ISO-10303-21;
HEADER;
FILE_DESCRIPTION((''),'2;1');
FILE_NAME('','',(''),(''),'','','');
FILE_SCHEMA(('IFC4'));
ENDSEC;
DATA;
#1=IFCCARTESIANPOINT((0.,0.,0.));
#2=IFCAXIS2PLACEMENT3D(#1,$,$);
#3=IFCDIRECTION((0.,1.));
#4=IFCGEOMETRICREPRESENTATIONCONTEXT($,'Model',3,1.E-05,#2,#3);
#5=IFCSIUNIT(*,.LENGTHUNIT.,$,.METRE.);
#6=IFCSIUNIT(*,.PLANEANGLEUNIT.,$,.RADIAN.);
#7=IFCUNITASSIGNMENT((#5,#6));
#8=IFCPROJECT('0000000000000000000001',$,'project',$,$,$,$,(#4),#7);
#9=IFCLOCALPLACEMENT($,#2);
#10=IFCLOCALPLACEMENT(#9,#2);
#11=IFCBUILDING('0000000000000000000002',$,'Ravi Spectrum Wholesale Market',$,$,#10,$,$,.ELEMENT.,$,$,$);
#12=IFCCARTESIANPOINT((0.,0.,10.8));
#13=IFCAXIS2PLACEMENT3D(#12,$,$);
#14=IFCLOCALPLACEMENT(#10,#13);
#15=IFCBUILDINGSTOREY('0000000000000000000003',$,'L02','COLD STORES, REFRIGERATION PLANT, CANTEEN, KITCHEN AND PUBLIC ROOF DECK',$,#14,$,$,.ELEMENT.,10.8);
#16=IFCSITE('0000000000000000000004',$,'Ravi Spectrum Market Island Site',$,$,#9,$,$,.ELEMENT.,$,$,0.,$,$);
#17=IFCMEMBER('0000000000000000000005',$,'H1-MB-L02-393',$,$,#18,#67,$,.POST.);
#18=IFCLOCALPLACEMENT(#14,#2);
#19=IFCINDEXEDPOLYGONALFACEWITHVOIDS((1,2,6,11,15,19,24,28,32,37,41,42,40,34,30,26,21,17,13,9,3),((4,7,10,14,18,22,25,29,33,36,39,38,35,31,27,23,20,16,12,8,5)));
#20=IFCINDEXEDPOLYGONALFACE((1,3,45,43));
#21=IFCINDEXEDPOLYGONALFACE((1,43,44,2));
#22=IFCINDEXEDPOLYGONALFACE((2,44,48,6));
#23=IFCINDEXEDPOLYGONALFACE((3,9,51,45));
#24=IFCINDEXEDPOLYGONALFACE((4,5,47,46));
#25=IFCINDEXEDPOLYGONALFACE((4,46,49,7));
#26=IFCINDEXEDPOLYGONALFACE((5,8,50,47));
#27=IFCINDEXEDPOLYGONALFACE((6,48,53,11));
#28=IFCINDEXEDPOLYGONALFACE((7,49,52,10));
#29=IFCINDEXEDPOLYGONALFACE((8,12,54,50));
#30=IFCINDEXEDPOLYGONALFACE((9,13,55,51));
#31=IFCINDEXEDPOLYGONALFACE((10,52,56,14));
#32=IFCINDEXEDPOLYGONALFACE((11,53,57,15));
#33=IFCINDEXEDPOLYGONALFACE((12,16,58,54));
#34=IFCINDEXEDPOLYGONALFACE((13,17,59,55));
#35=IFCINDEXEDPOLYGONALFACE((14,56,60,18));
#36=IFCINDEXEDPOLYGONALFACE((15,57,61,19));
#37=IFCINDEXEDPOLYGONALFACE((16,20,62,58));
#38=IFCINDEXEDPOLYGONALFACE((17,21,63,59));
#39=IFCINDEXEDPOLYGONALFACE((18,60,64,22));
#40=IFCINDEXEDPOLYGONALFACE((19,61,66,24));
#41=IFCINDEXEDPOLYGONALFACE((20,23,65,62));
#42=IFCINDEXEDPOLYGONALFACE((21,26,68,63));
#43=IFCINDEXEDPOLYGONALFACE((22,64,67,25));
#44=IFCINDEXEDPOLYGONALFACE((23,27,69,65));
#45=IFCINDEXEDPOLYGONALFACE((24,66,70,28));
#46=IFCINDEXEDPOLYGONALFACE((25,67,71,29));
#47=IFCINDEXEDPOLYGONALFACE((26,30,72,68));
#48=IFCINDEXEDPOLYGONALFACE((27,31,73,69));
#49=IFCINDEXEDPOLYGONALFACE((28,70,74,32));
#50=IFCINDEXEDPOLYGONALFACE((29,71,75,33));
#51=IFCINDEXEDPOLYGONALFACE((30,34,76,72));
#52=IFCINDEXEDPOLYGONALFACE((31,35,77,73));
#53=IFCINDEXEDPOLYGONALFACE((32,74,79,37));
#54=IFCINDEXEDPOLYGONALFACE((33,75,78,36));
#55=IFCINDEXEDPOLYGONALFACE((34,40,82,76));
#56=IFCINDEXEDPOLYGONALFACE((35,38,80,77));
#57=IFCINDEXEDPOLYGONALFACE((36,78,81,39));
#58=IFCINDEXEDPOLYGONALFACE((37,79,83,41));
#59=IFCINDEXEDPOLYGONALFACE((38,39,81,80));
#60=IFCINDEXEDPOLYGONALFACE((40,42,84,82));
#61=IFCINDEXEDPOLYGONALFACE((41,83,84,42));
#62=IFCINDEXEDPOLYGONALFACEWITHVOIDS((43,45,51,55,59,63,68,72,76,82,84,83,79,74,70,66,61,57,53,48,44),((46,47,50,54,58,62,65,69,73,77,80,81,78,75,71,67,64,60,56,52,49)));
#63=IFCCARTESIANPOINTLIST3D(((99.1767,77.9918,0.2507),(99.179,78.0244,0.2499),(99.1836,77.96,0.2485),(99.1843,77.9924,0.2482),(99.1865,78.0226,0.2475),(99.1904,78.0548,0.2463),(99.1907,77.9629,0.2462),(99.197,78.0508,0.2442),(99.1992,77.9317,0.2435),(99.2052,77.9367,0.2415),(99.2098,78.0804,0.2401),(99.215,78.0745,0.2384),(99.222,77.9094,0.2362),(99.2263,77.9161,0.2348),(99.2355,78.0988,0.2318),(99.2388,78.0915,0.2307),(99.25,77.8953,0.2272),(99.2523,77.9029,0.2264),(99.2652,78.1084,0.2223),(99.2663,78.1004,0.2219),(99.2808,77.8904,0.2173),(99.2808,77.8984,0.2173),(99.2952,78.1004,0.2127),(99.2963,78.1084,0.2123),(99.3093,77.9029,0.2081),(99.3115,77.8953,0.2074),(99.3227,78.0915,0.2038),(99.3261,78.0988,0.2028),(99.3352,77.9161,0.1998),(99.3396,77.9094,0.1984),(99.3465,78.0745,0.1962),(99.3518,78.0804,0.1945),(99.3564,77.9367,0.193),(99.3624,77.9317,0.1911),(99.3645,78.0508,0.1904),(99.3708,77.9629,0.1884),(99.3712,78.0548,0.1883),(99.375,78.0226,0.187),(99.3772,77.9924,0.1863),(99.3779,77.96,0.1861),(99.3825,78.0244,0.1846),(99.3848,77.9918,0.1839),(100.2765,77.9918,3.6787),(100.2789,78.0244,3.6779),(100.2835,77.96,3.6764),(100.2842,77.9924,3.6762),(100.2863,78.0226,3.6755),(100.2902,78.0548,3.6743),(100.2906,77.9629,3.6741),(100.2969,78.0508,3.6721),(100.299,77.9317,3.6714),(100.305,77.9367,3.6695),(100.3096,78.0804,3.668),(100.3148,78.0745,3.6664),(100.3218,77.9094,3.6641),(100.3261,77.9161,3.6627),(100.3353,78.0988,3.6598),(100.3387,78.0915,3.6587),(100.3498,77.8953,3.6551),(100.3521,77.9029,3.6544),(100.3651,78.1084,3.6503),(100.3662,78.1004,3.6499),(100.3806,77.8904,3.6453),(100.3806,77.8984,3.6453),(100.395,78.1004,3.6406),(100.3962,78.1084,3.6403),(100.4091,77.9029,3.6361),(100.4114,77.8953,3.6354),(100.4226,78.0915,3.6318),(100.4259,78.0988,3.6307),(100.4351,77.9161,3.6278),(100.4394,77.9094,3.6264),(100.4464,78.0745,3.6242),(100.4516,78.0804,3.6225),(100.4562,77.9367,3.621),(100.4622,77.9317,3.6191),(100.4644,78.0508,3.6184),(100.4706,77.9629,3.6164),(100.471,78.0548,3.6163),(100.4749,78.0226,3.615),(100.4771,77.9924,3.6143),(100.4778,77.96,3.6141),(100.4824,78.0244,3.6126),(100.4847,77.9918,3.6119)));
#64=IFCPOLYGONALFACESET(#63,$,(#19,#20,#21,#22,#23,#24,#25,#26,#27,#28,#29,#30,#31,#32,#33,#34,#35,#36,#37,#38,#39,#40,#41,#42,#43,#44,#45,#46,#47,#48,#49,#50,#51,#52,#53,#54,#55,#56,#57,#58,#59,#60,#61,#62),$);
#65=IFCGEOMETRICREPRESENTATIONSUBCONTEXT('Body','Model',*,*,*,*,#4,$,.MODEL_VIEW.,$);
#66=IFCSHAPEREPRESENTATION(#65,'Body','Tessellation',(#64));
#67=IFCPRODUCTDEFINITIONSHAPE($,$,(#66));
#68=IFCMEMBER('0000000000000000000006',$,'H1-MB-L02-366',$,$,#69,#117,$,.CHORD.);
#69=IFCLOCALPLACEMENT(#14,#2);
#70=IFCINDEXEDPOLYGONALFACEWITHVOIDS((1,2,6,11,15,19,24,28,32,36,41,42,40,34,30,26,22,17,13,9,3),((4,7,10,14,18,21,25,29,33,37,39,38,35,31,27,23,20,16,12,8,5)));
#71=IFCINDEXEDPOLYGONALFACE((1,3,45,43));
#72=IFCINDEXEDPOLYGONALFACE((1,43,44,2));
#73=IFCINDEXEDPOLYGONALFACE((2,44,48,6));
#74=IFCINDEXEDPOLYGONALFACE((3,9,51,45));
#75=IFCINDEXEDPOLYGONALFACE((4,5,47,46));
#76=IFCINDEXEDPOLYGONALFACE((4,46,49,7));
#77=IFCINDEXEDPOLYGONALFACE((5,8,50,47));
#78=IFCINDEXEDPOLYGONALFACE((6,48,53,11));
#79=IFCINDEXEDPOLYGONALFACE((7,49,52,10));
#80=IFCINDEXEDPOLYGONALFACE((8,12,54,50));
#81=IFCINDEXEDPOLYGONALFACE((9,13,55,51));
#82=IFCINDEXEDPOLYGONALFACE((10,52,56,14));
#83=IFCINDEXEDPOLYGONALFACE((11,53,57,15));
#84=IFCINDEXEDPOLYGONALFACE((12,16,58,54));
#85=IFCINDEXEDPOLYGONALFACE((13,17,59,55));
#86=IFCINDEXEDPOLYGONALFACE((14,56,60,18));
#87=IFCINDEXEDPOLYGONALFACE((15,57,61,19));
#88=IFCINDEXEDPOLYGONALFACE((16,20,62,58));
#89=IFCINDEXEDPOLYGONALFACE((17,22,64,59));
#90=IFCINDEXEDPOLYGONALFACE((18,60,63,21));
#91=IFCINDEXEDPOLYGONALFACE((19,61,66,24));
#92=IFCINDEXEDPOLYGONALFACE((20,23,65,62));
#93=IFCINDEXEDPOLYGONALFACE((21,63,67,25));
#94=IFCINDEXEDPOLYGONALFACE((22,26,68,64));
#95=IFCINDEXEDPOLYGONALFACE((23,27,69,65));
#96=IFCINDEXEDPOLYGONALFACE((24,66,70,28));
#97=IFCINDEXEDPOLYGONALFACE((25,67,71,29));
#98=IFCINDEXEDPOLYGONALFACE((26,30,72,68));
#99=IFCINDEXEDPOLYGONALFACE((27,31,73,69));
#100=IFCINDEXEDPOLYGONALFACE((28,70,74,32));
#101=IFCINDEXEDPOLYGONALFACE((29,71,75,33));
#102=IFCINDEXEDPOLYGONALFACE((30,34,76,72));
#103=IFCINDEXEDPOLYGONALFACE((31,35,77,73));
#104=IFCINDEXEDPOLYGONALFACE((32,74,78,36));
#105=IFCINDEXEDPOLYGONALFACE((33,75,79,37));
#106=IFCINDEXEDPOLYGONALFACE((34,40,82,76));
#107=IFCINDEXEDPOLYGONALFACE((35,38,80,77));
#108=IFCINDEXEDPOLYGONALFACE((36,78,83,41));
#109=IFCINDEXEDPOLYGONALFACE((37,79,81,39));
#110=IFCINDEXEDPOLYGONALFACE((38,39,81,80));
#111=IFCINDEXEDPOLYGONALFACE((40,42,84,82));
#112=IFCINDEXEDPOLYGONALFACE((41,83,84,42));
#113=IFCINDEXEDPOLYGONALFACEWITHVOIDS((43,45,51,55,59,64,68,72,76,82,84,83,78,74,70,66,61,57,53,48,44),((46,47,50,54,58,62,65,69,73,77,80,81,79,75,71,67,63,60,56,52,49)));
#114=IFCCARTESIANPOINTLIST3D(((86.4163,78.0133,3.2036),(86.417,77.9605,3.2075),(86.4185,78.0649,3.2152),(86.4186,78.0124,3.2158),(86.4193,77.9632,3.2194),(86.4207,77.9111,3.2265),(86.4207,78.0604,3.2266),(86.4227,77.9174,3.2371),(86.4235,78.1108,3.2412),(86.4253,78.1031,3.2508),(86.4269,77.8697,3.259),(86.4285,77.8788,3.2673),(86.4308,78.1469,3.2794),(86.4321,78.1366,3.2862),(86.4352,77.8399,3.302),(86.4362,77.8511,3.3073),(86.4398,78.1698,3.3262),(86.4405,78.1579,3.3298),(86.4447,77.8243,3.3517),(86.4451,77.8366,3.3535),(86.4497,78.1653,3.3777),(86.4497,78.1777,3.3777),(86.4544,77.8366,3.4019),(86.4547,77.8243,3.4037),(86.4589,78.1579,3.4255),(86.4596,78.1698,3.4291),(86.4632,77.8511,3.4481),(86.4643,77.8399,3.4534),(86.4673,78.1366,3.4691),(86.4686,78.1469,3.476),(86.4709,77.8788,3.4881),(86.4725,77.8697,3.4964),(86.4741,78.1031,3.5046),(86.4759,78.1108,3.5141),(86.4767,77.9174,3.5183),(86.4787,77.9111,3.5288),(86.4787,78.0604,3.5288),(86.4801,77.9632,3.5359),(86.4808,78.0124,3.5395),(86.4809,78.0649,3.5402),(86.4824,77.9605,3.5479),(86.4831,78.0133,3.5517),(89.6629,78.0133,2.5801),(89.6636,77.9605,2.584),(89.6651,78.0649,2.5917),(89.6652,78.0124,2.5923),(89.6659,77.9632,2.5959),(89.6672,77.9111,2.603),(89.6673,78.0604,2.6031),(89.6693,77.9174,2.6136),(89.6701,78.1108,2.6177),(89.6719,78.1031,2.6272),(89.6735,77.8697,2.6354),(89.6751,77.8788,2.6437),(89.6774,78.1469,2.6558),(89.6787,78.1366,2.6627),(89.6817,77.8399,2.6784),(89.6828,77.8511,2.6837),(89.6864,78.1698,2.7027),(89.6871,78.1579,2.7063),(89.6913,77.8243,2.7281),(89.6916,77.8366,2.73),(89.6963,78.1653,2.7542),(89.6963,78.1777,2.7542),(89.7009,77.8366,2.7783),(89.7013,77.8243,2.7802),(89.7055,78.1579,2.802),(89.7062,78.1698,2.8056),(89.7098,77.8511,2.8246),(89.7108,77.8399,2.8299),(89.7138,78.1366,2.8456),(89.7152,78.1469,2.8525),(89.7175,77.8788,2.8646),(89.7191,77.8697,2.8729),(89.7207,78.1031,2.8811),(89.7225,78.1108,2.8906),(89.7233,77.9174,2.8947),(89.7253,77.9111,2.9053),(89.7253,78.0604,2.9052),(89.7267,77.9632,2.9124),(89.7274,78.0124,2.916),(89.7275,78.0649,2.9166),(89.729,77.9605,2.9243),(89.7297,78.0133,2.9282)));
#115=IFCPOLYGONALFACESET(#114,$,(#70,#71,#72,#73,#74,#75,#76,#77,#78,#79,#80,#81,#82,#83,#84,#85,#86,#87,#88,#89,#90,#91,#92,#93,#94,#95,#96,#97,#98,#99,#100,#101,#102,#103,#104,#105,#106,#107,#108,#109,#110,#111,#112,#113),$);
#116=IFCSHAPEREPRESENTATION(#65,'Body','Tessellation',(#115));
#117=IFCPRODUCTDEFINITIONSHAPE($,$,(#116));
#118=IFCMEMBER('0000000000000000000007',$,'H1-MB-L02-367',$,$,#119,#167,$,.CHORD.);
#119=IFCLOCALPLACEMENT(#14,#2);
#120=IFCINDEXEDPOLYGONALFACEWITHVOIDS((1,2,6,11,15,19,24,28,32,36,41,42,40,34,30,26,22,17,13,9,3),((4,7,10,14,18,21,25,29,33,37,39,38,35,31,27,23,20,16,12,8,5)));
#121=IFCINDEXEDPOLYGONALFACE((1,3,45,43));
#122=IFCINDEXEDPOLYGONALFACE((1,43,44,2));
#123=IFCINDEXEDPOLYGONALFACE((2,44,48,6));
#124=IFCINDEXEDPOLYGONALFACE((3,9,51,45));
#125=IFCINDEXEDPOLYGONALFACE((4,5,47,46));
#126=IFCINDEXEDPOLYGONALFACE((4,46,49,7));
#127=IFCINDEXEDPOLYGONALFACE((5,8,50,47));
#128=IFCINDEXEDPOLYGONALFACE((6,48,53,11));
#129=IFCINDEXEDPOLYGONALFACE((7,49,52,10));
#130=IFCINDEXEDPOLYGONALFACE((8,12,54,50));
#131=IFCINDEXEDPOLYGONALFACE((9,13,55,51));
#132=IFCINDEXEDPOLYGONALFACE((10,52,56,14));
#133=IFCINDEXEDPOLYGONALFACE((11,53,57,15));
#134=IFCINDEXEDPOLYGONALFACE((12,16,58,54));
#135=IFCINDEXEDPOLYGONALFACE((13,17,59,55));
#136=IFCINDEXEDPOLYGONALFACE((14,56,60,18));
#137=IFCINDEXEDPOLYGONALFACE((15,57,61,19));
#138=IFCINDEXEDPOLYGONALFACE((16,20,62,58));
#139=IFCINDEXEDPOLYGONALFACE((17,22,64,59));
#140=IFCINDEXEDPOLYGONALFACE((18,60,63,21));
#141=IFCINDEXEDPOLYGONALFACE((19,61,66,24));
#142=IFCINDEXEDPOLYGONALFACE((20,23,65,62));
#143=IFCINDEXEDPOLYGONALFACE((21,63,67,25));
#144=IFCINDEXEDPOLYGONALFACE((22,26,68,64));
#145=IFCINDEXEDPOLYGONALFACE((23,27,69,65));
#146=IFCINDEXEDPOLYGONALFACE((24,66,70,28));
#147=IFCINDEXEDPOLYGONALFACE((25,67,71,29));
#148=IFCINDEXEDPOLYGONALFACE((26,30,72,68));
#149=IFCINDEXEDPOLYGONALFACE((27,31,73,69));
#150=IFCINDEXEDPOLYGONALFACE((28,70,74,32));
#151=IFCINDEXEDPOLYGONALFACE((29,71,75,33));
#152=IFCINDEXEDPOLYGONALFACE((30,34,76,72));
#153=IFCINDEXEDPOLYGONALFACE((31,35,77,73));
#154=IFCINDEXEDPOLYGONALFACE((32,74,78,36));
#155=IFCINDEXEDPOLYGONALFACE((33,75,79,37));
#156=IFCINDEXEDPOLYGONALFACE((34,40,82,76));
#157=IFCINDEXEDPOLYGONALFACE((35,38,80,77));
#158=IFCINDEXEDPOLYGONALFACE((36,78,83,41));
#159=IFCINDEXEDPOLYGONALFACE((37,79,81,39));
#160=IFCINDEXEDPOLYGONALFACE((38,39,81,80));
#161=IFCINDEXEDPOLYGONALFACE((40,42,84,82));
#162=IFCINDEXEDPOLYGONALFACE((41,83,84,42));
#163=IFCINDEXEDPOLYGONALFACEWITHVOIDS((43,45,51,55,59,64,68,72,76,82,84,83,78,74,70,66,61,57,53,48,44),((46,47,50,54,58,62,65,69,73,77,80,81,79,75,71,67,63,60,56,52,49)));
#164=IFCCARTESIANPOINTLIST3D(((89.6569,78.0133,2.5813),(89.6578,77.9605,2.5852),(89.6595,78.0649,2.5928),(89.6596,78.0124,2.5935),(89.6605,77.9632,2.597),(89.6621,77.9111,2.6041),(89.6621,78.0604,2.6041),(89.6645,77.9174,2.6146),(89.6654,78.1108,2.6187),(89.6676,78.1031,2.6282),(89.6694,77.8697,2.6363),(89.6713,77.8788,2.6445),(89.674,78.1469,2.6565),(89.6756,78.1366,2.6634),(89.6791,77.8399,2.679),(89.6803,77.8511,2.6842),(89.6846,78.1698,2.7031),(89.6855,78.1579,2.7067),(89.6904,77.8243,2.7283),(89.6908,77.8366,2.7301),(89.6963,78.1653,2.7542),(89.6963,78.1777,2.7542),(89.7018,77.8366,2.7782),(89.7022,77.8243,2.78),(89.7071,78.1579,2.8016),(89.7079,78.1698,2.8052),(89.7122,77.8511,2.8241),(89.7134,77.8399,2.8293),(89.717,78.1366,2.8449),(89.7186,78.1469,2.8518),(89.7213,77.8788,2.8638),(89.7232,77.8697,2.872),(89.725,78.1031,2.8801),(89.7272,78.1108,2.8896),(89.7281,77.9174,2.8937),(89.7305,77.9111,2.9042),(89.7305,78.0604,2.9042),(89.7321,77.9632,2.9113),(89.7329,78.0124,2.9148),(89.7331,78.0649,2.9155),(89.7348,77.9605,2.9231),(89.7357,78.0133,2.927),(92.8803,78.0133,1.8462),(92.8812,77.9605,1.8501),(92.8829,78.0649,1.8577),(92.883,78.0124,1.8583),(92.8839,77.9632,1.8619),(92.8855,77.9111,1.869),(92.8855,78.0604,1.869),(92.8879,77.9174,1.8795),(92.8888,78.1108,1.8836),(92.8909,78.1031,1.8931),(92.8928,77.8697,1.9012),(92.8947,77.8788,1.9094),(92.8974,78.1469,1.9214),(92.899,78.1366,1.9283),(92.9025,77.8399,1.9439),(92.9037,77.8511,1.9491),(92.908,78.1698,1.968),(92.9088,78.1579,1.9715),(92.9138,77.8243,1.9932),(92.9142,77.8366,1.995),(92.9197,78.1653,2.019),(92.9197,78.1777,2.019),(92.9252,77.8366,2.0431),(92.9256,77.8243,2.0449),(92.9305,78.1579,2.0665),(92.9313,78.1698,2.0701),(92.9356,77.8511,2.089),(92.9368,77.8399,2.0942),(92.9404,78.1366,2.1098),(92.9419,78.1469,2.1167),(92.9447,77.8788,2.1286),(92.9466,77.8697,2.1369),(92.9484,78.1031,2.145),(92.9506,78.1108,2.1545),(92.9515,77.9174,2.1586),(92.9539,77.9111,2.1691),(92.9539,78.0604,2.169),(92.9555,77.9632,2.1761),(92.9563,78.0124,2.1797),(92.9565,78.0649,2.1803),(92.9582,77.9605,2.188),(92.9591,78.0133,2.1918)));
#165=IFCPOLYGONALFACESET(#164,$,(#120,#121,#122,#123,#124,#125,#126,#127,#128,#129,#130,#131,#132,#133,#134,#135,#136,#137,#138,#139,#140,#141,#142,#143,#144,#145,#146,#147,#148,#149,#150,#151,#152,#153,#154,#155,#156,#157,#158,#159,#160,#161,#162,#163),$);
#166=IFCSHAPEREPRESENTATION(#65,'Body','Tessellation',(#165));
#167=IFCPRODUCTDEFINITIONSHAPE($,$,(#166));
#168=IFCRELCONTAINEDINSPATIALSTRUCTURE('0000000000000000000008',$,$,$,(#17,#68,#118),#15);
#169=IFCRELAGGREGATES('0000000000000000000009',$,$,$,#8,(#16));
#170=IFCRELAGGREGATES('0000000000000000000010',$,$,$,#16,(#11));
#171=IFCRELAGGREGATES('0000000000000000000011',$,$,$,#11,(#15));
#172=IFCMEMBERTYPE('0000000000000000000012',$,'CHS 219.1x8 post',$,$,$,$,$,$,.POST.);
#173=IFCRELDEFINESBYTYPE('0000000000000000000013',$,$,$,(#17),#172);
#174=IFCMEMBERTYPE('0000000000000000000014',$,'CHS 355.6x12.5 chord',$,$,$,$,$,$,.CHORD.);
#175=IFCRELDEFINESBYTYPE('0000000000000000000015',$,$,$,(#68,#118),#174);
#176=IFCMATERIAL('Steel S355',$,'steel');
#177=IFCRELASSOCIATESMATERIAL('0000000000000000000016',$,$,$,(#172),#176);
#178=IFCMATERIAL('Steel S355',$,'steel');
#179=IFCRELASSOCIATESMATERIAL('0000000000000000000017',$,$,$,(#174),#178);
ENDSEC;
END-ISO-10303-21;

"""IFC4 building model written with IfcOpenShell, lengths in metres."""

from ifc_helpers import new_model, si_unit, direction, frame, origin, origin_2d, place, context, subcontext, project, spatial, hollow_circle, extrude, material, material_profile, profile_set, type_object, element, save


model = new_model("IFC4")

# Units and contexts
model_context = context("Model", 3, precision=1e-05, world=origin(), true_north=direction((0.0, 1.0)))
body_context = subcontext(model_context, "Body", "Model", "MODEL_VIEW")
ifc_project = project(units=[si_unit("LENGTHUNIT", "METRE"), si_unit("PLANEANGLEUNIT", "RADIAN")], contexts=[model_context])

# Site, building, storey
site_placement = place(None, origin())
site = spatial("IfcSite", under=ifc_project, at=site_placement, Name="Ravi Spectrum Market Island Site", CompositionType="ELEMENT", RefElevation=0.0)
building_placement = place(site_placement, origin())
building = spatial("IfcBuilding", under=site, at=building_placement, Name="Ravi Spectrum Wholesale Market", CompositionType="ELEMENT")
storey_placement = place(building_placement, frame((0.0, 0.0, 10.8)))
storey = spatial("IfcBuildingStorey", under=building, at=storey_placement, Name="L02", Description="COLD STORES, REFRIGERATION PLANT, CANTEEN, KITCHEN AND PUBLIC ROOF DECK", CompositionType="ELEMENT", Elevation=10.8)

# Members
ifc_material_1 = material(Name="Steel S355", Category="steel")
ifc_material_profile_1 = material_profile(ifc_material_1, hollow_circle(Radius=0.1096, WallThickness=0.0081, at=origin_2d()))
ifc_profile_set_1 = profile_set([ifc_material_profile_1], Name="Steel S355")
member_type_1 = type_object("IfcMemberType", Name="CHS 219.1x8 post", PredefinedType="POST", material=ifc_profile_set_1)
member_1_placement = place(storey_placement, frame((100.3806, 78.0, 3.6453), z_axis=(-0.305506, 0.0, -0.95219), x_axis=(0.0, -1.0, 0.0)))
element("IfcMember", 1, at=member_1_placement, inside=storey, type_object=member_type_1, Name="H1-MB-L02-393", PredefinedType="POST", context=body_context, shape_type="SweptSolid", body=[
    extrude(hollow_circle(Radius=0.1096, WallThickness=0.0081, at=origin_2d()), origin(), (0.0, 0.0, 1.0), 3.6001),
])
ifc_material_2 = material(Name="Steel S355", Category="steel")
ifc_material_profile_2 = material_profile(ifc_material_2, hollow_circle(Radius=0.1777, WallThickness=0.0125, at=origin_2d()))
ifc_profile_set_2 = profile_set([ifc_material_profile_2], Name="Steel S355")
member_type_2 = type_object("IfcMemberType", Name="CHS 355.6x12.5 chord", PredefinedType="CHORD", material=ifc_profile_set_2)
member_2_placement = place(storey_placement, frame((86.4497, 78.0, 3.3777), z_axis=(0.982052, 0.0, -0.188612), x_axis=(0.0, 1.0, 0.0)))
element("IfcMember", 2, at=member_2_placement, inside=storey, type_object=member_type_2, Name="H1-MB-L02-366", PredefinedType="CHORD", context=body_context, shape_type="SweptSolid", body=[
    extrude(hollow_circle(Radius=0.1777, WallThickness=0.0125, at=origin_2d()), origin(), (0.0, 0.0, 1.0), 3.3059),
])
for number, where, z_axis, x_axis, name in (
    (3, (89.6963, 78.0, 2.7542), (0.974968, 0.0, -0.222346), (0.0, 1.0, 0.0), "H1-MB-L02-367"),
):
    element("IfcMember", number, at=place(storey_placement, frame(where, z_axis=z_axis, x_axis=x_axis)), inside=storey, type_object=member_type_2, Name=name, PredefinedType="CHORD", context=body_context, shape_type="SweptSolid", body=[
        extrude(hollow_circle(Radius=0.1777, WallThickness=0.0125, at=origin_2d()), origin(), (0.0, 0.0, 1.0), 3.3062),
    ])

save(model, "model.ifc")
